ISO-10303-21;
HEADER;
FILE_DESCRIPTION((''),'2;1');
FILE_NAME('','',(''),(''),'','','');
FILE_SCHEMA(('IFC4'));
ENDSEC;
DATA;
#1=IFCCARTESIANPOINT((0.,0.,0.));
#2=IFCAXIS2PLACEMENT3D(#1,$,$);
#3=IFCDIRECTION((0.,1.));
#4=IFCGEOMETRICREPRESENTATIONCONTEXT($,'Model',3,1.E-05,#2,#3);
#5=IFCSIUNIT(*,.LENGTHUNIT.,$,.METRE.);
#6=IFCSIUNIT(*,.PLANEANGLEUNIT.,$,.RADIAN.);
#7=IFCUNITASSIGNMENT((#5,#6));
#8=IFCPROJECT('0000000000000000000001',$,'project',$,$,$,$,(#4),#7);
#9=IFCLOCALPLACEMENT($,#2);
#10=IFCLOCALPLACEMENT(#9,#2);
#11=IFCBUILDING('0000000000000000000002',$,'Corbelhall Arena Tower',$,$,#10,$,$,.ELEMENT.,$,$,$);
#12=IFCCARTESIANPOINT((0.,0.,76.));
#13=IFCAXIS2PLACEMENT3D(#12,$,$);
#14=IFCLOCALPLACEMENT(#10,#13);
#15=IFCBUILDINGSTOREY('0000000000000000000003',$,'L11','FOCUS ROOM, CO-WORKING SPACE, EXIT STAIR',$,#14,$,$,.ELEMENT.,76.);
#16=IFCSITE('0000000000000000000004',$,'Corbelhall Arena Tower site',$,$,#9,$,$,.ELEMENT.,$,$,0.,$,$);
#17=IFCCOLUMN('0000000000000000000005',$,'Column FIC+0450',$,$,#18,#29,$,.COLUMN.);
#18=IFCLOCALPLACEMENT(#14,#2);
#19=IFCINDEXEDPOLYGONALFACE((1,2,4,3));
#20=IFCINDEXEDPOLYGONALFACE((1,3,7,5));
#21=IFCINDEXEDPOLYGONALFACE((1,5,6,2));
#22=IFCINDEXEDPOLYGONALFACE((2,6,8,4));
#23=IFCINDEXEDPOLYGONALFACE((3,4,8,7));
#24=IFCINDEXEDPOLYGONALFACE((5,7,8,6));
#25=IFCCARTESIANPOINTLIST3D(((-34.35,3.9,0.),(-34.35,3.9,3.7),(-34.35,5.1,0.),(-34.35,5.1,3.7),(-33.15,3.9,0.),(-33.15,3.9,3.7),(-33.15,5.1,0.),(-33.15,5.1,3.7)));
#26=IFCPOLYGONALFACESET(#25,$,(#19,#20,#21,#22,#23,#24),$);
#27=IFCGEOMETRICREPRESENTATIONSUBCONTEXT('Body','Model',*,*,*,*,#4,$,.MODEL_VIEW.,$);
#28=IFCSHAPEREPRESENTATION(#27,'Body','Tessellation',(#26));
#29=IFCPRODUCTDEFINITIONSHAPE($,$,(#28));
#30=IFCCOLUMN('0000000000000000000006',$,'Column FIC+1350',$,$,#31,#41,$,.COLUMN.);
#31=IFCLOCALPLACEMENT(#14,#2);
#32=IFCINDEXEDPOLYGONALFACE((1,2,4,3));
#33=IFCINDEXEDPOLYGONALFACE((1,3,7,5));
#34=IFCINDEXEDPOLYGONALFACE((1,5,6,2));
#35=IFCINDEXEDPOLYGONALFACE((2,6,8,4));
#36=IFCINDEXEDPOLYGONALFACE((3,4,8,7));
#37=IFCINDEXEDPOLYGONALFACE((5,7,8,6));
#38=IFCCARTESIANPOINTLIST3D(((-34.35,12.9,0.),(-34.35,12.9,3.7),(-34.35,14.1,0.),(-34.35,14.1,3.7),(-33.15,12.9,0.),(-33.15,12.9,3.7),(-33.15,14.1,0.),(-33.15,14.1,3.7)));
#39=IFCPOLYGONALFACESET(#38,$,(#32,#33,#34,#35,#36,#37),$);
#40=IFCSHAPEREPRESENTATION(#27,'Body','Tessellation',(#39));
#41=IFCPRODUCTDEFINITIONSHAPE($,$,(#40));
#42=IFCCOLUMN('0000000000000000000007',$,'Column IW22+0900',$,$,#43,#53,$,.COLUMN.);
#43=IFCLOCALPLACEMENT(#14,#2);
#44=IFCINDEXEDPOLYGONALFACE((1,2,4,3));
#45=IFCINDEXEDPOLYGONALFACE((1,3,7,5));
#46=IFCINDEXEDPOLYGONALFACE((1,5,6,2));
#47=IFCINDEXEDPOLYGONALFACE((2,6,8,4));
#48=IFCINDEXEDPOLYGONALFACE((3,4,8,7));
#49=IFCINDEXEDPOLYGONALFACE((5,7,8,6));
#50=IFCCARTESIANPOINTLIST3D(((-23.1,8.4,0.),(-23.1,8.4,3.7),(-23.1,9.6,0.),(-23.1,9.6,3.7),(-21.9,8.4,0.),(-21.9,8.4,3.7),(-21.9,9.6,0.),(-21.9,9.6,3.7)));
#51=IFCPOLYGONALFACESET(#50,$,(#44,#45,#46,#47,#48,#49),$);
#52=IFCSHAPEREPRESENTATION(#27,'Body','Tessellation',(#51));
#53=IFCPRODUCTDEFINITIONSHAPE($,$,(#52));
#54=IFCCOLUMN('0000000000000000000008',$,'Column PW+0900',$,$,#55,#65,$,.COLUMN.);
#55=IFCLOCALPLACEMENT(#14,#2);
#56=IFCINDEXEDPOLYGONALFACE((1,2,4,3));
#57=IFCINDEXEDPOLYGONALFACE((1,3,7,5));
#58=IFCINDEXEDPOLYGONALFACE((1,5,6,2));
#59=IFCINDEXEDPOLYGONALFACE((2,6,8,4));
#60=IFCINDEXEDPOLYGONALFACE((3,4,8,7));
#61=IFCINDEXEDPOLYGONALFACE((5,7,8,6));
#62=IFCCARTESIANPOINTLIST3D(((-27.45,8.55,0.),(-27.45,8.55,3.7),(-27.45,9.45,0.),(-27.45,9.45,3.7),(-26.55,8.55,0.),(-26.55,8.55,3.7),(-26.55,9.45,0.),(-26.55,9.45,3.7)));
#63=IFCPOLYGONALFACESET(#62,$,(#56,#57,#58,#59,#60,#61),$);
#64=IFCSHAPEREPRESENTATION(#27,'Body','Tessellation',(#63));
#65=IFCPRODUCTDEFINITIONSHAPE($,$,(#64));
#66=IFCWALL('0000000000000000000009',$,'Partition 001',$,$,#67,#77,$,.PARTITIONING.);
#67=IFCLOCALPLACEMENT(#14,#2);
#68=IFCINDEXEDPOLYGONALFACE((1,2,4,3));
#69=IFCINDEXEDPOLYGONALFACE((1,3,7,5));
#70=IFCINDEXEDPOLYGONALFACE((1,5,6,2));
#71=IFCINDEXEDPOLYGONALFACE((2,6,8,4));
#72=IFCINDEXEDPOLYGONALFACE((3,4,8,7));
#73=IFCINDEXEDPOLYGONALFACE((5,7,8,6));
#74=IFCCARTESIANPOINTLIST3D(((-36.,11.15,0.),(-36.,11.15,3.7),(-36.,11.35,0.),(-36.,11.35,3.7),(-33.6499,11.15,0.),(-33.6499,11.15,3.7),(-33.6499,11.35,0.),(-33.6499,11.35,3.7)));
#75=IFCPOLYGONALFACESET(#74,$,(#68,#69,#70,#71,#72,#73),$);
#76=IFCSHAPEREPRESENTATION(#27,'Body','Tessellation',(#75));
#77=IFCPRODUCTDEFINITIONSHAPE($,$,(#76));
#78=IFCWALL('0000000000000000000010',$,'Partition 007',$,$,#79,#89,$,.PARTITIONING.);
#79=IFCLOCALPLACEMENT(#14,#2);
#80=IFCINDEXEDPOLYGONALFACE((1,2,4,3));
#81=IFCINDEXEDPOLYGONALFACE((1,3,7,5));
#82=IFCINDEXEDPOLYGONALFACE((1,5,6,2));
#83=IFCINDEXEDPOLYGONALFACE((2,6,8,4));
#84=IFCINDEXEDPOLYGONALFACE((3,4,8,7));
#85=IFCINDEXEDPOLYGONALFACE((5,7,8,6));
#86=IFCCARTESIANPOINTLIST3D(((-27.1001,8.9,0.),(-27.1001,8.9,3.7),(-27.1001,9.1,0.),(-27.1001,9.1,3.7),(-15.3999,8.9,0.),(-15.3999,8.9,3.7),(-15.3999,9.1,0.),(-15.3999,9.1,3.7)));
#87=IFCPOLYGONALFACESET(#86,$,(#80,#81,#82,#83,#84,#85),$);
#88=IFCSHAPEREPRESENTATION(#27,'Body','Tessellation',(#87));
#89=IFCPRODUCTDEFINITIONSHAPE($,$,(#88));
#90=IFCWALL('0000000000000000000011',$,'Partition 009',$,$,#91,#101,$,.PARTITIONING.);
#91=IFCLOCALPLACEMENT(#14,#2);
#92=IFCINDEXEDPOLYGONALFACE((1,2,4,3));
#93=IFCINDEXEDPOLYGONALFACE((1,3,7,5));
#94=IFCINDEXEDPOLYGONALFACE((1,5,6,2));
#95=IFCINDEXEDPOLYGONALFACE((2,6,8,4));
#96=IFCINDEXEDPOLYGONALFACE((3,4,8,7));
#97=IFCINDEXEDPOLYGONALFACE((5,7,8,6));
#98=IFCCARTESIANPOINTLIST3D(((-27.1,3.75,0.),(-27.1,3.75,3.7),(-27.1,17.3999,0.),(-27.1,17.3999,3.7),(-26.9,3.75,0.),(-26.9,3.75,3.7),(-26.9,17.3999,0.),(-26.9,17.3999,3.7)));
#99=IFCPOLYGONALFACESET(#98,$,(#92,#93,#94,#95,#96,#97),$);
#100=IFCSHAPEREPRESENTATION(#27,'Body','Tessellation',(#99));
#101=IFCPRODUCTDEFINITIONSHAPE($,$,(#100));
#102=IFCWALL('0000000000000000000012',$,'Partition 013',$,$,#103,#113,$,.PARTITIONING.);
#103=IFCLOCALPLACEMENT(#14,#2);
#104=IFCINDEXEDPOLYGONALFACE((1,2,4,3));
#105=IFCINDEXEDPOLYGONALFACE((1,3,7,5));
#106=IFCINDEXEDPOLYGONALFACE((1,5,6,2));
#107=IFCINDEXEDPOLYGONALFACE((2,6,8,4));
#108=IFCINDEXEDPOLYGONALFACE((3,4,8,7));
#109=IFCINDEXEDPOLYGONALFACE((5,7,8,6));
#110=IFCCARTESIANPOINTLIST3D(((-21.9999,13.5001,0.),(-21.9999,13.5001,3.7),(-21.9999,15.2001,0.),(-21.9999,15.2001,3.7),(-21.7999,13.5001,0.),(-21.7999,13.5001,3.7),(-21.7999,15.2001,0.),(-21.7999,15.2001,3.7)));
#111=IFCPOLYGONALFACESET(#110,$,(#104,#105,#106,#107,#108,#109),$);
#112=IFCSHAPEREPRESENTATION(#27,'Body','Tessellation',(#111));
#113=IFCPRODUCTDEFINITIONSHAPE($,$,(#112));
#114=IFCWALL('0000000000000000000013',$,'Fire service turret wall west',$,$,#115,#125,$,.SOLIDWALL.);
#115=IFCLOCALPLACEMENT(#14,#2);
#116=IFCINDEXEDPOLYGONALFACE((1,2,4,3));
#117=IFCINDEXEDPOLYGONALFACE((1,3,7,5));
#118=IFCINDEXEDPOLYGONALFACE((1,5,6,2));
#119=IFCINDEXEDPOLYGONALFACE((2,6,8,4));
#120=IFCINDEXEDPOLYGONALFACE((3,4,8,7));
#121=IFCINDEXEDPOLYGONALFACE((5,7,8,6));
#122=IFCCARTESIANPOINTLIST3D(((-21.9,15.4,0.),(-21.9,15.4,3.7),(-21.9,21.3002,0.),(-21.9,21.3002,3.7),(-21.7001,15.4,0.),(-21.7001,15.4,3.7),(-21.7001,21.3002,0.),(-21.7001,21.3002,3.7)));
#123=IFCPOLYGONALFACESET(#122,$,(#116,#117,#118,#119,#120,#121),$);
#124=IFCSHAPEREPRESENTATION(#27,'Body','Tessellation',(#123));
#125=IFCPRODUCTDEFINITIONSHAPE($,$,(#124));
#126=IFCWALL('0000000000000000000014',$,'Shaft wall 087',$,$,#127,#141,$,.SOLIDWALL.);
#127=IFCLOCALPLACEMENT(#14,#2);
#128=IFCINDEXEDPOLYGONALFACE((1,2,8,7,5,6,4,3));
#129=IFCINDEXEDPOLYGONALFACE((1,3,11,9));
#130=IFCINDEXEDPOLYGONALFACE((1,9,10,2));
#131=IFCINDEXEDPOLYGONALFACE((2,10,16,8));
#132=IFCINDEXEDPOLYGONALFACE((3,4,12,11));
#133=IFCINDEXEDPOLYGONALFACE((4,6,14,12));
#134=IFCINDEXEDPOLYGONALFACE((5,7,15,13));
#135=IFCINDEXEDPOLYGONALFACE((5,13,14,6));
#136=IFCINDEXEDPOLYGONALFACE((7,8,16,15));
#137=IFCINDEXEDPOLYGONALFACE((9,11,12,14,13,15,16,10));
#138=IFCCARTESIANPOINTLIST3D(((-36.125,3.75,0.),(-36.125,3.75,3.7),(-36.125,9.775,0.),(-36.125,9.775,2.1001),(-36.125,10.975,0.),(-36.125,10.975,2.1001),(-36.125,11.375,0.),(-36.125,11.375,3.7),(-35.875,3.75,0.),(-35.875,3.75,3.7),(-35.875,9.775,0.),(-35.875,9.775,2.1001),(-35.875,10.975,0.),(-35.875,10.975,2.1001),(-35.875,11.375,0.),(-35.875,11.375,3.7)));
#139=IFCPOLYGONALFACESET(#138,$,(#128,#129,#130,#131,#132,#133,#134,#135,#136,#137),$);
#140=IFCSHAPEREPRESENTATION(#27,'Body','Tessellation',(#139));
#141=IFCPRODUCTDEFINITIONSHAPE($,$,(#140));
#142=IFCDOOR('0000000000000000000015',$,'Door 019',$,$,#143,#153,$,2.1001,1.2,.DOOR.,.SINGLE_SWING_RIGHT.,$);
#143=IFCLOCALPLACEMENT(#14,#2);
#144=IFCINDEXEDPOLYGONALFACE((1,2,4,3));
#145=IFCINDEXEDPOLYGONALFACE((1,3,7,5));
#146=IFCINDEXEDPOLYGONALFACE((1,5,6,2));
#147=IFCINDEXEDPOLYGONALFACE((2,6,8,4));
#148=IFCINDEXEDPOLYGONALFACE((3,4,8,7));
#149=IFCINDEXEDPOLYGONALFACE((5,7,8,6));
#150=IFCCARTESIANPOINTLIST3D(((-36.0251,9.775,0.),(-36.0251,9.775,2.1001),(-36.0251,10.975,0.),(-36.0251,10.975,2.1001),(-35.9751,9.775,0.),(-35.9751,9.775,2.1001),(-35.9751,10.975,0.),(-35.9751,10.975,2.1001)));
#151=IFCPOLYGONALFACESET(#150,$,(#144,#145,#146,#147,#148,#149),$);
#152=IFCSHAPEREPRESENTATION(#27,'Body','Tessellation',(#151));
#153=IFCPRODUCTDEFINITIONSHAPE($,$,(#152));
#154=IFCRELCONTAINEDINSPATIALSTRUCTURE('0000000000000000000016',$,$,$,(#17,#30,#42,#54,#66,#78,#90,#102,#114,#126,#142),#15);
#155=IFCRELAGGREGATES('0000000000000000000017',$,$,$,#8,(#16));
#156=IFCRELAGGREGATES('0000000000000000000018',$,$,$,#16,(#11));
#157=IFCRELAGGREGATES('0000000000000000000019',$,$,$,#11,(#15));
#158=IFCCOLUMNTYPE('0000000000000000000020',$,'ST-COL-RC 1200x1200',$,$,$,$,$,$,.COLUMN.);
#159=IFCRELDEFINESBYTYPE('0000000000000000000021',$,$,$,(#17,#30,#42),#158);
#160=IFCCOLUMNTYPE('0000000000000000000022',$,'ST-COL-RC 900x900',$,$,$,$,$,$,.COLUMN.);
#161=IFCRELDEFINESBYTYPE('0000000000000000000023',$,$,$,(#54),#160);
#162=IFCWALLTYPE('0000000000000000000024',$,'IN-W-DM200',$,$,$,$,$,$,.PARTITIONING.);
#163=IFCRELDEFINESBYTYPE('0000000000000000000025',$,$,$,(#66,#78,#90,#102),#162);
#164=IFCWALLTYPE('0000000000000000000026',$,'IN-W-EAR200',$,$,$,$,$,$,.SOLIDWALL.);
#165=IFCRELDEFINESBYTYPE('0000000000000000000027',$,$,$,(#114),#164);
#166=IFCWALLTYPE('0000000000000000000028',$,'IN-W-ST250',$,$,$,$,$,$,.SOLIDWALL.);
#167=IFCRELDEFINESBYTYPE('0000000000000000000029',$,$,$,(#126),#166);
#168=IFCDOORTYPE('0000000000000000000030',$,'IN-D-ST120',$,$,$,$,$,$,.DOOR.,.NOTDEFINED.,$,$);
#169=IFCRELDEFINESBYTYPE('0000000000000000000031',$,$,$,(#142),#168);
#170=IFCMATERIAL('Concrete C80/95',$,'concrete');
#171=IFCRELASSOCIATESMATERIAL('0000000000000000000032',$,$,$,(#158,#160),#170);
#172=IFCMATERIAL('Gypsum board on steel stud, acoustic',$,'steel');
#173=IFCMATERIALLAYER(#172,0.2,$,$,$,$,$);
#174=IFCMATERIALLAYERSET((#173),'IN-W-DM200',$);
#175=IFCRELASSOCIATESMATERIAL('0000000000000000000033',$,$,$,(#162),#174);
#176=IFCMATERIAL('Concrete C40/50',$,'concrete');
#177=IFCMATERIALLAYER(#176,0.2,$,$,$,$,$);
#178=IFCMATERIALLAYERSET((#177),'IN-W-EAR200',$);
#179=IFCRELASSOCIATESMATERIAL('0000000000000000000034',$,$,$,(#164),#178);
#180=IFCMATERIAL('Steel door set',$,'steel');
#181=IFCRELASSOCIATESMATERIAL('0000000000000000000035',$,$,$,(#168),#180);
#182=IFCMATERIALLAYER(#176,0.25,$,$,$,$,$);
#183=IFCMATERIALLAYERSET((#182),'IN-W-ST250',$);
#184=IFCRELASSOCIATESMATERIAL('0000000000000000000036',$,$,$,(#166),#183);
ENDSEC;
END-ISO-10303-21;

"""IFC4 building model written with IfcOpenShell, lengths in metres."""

from ifc_helpers import new_model, si_unit, direction, frame, frame_2d, origin, origin_2d, place, context, subcontext, project, spatial, rectangle, extrude, material, layer, layer_set, material_profile, profile_set, type_object, element, fill, save


model = new_model("IFC4")

# Units and contexts
model_context = context("Model", 3, precision=1e-05, world=origin(), true_north=direction((0.0, 1.0)))
body_context = subcontext(model_context, "Body", "Model", "MODEL_VIEW")
ifc_project = project(units=[si_unit("LENGTHUNIT", "METRE"), si_unit("PLANEANGLEUNIT", "RADIAN")], contexts=[model_context])

# Site, building, storey
site_placement = place(None, origin())
site = spatial("IfcSite", under=ifc_project, at=site_placement, Name="Corbelhall Arena Tower site", CompositionType="ELEMENT", RefElevation=0.0)
building_placement = place(site_placement, origin())
building = spatial("IfcBuilding", under=site, at=building_placement, Name="Corbelhall Arena Tower", CompositionType="ELEMENT")
storey_placement = place(building_placement, frame((0.0, 0.0, 76.0)))
storey = spatial("IfcBuildingStorey", under=building, at=storey_placement, Name="L11", Description="FOCUS ROOM, CO-WORKING SPACE, EXIT STAIR", CompositionType="ELEMENT", Elevation=76.0)

# Columns
ifc_material_1 = material(Name="Concrete C80/95", Category="concrete")
ifc_material_profile_1 = material_profile(ifc_material_1, rectangle(XDim=1.2, YDim=1.2, at=origin_2d()))
ifc_profile_set_1 = profile_set([ifc_material_profile_1], Name="Concrete C80/95")
column_type_1 = type_object("IfcColumnType", Name="ST-COL-RC 1200x1200", PredefinedType="COLUMN", material=ifc_profile_set_1)
for number, where, z_axis, x_axis, name in (
    (1, (-33.75, 4.5, 0.0), (0.0, 0.0, 1.0), (1.0, 0.0, 0.0), "Column FIC+0450"),
    (2, (-33.75, 13.5, 0.0), (0.0, 0.0, 1.0), (1.0, 0.0, 0.0), "Column FIC+1350"),
    (3, (-22.5, 9.0, 0.0), (0.0, 0.0, 1.0), (1.0, 0.0, 0.0), "Column IW22+0900"),
):
    element("IfcColumn", number, at=place(storey_placement, frame(where, z_axis=z_axis, x_axis=x_axis)), inside=storey, type_object=column_type_1, Name=name, PredefinedType="COLUMN", context=body_context, shape_type="SweptSolid", body=[
        extrude(rectangle(XDim=1.2, YDim=1.2, at=origin_2d()), origin(), (0.0, 0.0, 1.0), 3.7),
    ])
ifc_material_profile_2 = material_profile(ifc_material_1, rectangle(XDim=0.8999, YDim=0.8999, at=origin_2d()))
ifc_profile_set_2 = profile_set([ifc_material_profile_2], Name="Concrete C80/95")
column_type_2 = type_object("IfcColumnType", Name="ST-COL-RC 900x900", PredefinedType="COLUMN", material=ifc_profile_set_2)
column_placement = place(storey_placement, frame((-27.0, 9.0, 0.0), z_axis=(0.0, 0.0, 1.0), x_axis=(1.0, 0.0, 0.0)))
element("IfcColumn", 4, at=column_placement, inside=storey, type_object=column_type_2, Name="Column PW+0900", PredefinedType="COLUMN", context=body_context, shape_type="SweptSolid", body=[
    extrude(rectangle(XDim=0.8999, YDim=0.8999, at=origin_2d()), origin(), (0.0, 0.0, 1.0), 3.7),
])

# Wall
ifc_material_2 = material(Name="Gypsum board on steel stud, acoustic", Category="steel")
ifc_layer_1 = layer(ifc_material_2, 0.2)
ifc_layer_set_1 = layer_set([ifc_layer_1], Name="IN-W-DM200")
wall_type_1 = type_object("IfcWallType", Name="IN-W-DM200", PredefinedType="PARTITIONING", material=ifc_layer_set_1)
wall_1_placement = place(storey_placement, frame((-36.0, 11.25, 0.0), z_axis=(0.0, 0.0, 1.0), x_axis=(1.0, 0.0, 0.0)))
element("IfcWall", 5, at=wall_1_placement, inside=storey, type_object=wall_type_1, Name="Partition 001", PredefinedType="PARTITIONING", context=body_context, shape_type="SweptSolid", body=[
    extrude(rectangle(XDim=2.3501, YDim=0.2, at=frame_2d((1.175, 0.0))), origin(), (0.0, 0.0, 1.0), 3.7),
])

# Shared definitions
ifc_material_3 = material(Name="Steel door set", Category="steel")

# Walls
wall_2_placement = place(storey_placement, frame((-27.1001, 9.0, 0.0), z_axis=(0.0, 0.0, 1.0), x_axis=(1.0, 0.0, 0.0)))
element("IfcWall", 6, at=wall_2_placement, inside=storey, type_object=wall_type_1, Name="Partition 007", PredefinedType="PARTITIONING", context=body_context, shape_type="SweptSolid", body=[
    extrude(rectangle(XDim=11.7002, YDim=0.2, at=frame_2d((5.8501, 0.0))), origin(), (0.0, 0.0, 1.0), 3.7),
])
wall_3_placement = place(storey_placement, frame((-27.0, 3.75, 0.0), z_axis=(0.0, 0.0, 1.0), x_axis=(0.0, 1.0, 0.0)))
element("IfcWall", 7, at=wall_3_placement, inside=storey, type_object=wall_type_1, Name="Partition 009", PredefinedType="PARTITIONING", context=body_context, shape_type="SweptSolid", body=[
    extrude(rectangle(XDim=13.6499, YDim=0.2, at=frame_2d((6.825, 0.0))), origin(), (0.0, 0.0, 1.0), 3.7),
])
wall_4_placement = place(storey_placement, frame((-21.8999, 13.5, 0.0), z_axis=(0.0, 0.0, 1.0), x_axis=(0.0, 1.0, 0.0)))
element("IfcWall", 8, at=wall_4_placement, inside=storey, type_object=wall_type_1, Name="Partition 013", PredefinedType="PARTITIONING", context=body_context, shape_type="SweptSolid", body=[
    extrude(rectangle(XDim=1.7, YDim=0.2, at=frame_2d((0.8501, 0.0))), origin(), (0.0, 0.0, 1.0), 3.7),
])

# Shared definitions
ifc_material_4 = material(Name="Concrete C40/50", Category="concrete")
ifc_layer_2 = layer(ifc_material_4, 0.2)
ifc_layer_set_2 = layer_set([ifc_layer_2], Name="IN-W-EAR200")
wall_type_2 = type_object("IfcWallType", Name="IN-W-EAR200", PredefinedType="SOLIDWALL", material=ifc_layer_set_2)
door_type_1 = type_object("IfcDoorType", Name="IN-D-ST120", OperationType="NOTDEFINED", PredefinedType="DOOR", material=ifc_material_3)

# Wall
wall_5_placement = place(storey_placement, frame((-21.8, 15.3999, 0.0), z_axis=(0.0, 0.0, 1.0), x_axis=(0.0, 1.0, 0.0)))
element("IfcWall", 9, at=wall_5_placement, inside=storey, type_object=wall_type_2, Name="Fire service turret wall west", PredefinedType="SOLIDWALL", context=body_context, shape_type="SweptSolid", body=[
    extrude(rectangle(XDim=5.9001, YDim=0.2, at=frame_2d((2.9502, 0.0))), origin(), (0.0, 0.0, 1.0), 3.7),
])

# Wall, opening, door
ifc_layer_3 = layer(ifc_material_4, 0.25)
ifc_layer_set_3 = layer_set([ifc_layer_3], Name="IN-W-ST250")
wall_type_3 = type_object("IfcWallType", Name="IN-W-ST250", PredefinedType="SOLIDWALL", material=ifc_layer_set_3)
wall_6_placement = place(storey_placement, frame((-36.0, 11.375, 0.0), z_axis=(0.0, 0.0, 1.0), x_axis=(0.0, -1.0, 0.0)))
wall_6 = element("IfcWall", 10, at=wall_6_placement, inside=storey, type_object=wall_type_3, Name="Shaft wall 087", PredefinedType="SOLIDWALL", context=body_context, shape_type="SweptSolid", body=[
    extrude(rectangle(XDim=7.625, YDim=0.25, at=frame_2d((3.8125, 0.0))), origin(), (0.0, 0.0, 1.0), 3.7),
])
opening_1_placement = place(wall_6_placement, frame((0.3999, 0.0, 0.0)))
opening_1 = element("IfcOpeningElement", 11, at=opening_1_placement, cuts=wall_6, PredefinedType="OPENING", context=body_context, shape_type="SweptSolid", body=[
    extrude(rectangle(XDim=1.2, YDim=2.1001, at=frame_2d((0.6001, 1.05))), frame((0.0, 0.125, 0.0), z_axis=(0.0, -1.0, 0.0), x_axis=(1.0, 0.0, 0.0)), (0.0, 0.0, 1.0), 0.25),
])
door_1_placement = place(opening_1_placement, origin())
door_1 = element("IfcDoor", 12, at=door_1_placement, inside=storey, type_object=door_type_1, Name="Door 019", OperationType="SINGLE_SWING_RIGHT", OverallHeight=2.1001, OverallWidth=1.2, PredefinedType="DOOR", context=body_context, shape_type="SweptSolid", body=[
    extrude(rectangle(XDim=1.2, YDim=2.1001, at=frame_2d((0.6001, 1.05))), frame((0.0, 0.0249, 0.0), z_axis=(0.0, -1.0, 0.0), x_axis=(1.0, 0.0, 0.0)), (0.0, 0.0, 1.0), 0.05),
])
fill(opening_1, door_1)

save(model, "model.ifc")
